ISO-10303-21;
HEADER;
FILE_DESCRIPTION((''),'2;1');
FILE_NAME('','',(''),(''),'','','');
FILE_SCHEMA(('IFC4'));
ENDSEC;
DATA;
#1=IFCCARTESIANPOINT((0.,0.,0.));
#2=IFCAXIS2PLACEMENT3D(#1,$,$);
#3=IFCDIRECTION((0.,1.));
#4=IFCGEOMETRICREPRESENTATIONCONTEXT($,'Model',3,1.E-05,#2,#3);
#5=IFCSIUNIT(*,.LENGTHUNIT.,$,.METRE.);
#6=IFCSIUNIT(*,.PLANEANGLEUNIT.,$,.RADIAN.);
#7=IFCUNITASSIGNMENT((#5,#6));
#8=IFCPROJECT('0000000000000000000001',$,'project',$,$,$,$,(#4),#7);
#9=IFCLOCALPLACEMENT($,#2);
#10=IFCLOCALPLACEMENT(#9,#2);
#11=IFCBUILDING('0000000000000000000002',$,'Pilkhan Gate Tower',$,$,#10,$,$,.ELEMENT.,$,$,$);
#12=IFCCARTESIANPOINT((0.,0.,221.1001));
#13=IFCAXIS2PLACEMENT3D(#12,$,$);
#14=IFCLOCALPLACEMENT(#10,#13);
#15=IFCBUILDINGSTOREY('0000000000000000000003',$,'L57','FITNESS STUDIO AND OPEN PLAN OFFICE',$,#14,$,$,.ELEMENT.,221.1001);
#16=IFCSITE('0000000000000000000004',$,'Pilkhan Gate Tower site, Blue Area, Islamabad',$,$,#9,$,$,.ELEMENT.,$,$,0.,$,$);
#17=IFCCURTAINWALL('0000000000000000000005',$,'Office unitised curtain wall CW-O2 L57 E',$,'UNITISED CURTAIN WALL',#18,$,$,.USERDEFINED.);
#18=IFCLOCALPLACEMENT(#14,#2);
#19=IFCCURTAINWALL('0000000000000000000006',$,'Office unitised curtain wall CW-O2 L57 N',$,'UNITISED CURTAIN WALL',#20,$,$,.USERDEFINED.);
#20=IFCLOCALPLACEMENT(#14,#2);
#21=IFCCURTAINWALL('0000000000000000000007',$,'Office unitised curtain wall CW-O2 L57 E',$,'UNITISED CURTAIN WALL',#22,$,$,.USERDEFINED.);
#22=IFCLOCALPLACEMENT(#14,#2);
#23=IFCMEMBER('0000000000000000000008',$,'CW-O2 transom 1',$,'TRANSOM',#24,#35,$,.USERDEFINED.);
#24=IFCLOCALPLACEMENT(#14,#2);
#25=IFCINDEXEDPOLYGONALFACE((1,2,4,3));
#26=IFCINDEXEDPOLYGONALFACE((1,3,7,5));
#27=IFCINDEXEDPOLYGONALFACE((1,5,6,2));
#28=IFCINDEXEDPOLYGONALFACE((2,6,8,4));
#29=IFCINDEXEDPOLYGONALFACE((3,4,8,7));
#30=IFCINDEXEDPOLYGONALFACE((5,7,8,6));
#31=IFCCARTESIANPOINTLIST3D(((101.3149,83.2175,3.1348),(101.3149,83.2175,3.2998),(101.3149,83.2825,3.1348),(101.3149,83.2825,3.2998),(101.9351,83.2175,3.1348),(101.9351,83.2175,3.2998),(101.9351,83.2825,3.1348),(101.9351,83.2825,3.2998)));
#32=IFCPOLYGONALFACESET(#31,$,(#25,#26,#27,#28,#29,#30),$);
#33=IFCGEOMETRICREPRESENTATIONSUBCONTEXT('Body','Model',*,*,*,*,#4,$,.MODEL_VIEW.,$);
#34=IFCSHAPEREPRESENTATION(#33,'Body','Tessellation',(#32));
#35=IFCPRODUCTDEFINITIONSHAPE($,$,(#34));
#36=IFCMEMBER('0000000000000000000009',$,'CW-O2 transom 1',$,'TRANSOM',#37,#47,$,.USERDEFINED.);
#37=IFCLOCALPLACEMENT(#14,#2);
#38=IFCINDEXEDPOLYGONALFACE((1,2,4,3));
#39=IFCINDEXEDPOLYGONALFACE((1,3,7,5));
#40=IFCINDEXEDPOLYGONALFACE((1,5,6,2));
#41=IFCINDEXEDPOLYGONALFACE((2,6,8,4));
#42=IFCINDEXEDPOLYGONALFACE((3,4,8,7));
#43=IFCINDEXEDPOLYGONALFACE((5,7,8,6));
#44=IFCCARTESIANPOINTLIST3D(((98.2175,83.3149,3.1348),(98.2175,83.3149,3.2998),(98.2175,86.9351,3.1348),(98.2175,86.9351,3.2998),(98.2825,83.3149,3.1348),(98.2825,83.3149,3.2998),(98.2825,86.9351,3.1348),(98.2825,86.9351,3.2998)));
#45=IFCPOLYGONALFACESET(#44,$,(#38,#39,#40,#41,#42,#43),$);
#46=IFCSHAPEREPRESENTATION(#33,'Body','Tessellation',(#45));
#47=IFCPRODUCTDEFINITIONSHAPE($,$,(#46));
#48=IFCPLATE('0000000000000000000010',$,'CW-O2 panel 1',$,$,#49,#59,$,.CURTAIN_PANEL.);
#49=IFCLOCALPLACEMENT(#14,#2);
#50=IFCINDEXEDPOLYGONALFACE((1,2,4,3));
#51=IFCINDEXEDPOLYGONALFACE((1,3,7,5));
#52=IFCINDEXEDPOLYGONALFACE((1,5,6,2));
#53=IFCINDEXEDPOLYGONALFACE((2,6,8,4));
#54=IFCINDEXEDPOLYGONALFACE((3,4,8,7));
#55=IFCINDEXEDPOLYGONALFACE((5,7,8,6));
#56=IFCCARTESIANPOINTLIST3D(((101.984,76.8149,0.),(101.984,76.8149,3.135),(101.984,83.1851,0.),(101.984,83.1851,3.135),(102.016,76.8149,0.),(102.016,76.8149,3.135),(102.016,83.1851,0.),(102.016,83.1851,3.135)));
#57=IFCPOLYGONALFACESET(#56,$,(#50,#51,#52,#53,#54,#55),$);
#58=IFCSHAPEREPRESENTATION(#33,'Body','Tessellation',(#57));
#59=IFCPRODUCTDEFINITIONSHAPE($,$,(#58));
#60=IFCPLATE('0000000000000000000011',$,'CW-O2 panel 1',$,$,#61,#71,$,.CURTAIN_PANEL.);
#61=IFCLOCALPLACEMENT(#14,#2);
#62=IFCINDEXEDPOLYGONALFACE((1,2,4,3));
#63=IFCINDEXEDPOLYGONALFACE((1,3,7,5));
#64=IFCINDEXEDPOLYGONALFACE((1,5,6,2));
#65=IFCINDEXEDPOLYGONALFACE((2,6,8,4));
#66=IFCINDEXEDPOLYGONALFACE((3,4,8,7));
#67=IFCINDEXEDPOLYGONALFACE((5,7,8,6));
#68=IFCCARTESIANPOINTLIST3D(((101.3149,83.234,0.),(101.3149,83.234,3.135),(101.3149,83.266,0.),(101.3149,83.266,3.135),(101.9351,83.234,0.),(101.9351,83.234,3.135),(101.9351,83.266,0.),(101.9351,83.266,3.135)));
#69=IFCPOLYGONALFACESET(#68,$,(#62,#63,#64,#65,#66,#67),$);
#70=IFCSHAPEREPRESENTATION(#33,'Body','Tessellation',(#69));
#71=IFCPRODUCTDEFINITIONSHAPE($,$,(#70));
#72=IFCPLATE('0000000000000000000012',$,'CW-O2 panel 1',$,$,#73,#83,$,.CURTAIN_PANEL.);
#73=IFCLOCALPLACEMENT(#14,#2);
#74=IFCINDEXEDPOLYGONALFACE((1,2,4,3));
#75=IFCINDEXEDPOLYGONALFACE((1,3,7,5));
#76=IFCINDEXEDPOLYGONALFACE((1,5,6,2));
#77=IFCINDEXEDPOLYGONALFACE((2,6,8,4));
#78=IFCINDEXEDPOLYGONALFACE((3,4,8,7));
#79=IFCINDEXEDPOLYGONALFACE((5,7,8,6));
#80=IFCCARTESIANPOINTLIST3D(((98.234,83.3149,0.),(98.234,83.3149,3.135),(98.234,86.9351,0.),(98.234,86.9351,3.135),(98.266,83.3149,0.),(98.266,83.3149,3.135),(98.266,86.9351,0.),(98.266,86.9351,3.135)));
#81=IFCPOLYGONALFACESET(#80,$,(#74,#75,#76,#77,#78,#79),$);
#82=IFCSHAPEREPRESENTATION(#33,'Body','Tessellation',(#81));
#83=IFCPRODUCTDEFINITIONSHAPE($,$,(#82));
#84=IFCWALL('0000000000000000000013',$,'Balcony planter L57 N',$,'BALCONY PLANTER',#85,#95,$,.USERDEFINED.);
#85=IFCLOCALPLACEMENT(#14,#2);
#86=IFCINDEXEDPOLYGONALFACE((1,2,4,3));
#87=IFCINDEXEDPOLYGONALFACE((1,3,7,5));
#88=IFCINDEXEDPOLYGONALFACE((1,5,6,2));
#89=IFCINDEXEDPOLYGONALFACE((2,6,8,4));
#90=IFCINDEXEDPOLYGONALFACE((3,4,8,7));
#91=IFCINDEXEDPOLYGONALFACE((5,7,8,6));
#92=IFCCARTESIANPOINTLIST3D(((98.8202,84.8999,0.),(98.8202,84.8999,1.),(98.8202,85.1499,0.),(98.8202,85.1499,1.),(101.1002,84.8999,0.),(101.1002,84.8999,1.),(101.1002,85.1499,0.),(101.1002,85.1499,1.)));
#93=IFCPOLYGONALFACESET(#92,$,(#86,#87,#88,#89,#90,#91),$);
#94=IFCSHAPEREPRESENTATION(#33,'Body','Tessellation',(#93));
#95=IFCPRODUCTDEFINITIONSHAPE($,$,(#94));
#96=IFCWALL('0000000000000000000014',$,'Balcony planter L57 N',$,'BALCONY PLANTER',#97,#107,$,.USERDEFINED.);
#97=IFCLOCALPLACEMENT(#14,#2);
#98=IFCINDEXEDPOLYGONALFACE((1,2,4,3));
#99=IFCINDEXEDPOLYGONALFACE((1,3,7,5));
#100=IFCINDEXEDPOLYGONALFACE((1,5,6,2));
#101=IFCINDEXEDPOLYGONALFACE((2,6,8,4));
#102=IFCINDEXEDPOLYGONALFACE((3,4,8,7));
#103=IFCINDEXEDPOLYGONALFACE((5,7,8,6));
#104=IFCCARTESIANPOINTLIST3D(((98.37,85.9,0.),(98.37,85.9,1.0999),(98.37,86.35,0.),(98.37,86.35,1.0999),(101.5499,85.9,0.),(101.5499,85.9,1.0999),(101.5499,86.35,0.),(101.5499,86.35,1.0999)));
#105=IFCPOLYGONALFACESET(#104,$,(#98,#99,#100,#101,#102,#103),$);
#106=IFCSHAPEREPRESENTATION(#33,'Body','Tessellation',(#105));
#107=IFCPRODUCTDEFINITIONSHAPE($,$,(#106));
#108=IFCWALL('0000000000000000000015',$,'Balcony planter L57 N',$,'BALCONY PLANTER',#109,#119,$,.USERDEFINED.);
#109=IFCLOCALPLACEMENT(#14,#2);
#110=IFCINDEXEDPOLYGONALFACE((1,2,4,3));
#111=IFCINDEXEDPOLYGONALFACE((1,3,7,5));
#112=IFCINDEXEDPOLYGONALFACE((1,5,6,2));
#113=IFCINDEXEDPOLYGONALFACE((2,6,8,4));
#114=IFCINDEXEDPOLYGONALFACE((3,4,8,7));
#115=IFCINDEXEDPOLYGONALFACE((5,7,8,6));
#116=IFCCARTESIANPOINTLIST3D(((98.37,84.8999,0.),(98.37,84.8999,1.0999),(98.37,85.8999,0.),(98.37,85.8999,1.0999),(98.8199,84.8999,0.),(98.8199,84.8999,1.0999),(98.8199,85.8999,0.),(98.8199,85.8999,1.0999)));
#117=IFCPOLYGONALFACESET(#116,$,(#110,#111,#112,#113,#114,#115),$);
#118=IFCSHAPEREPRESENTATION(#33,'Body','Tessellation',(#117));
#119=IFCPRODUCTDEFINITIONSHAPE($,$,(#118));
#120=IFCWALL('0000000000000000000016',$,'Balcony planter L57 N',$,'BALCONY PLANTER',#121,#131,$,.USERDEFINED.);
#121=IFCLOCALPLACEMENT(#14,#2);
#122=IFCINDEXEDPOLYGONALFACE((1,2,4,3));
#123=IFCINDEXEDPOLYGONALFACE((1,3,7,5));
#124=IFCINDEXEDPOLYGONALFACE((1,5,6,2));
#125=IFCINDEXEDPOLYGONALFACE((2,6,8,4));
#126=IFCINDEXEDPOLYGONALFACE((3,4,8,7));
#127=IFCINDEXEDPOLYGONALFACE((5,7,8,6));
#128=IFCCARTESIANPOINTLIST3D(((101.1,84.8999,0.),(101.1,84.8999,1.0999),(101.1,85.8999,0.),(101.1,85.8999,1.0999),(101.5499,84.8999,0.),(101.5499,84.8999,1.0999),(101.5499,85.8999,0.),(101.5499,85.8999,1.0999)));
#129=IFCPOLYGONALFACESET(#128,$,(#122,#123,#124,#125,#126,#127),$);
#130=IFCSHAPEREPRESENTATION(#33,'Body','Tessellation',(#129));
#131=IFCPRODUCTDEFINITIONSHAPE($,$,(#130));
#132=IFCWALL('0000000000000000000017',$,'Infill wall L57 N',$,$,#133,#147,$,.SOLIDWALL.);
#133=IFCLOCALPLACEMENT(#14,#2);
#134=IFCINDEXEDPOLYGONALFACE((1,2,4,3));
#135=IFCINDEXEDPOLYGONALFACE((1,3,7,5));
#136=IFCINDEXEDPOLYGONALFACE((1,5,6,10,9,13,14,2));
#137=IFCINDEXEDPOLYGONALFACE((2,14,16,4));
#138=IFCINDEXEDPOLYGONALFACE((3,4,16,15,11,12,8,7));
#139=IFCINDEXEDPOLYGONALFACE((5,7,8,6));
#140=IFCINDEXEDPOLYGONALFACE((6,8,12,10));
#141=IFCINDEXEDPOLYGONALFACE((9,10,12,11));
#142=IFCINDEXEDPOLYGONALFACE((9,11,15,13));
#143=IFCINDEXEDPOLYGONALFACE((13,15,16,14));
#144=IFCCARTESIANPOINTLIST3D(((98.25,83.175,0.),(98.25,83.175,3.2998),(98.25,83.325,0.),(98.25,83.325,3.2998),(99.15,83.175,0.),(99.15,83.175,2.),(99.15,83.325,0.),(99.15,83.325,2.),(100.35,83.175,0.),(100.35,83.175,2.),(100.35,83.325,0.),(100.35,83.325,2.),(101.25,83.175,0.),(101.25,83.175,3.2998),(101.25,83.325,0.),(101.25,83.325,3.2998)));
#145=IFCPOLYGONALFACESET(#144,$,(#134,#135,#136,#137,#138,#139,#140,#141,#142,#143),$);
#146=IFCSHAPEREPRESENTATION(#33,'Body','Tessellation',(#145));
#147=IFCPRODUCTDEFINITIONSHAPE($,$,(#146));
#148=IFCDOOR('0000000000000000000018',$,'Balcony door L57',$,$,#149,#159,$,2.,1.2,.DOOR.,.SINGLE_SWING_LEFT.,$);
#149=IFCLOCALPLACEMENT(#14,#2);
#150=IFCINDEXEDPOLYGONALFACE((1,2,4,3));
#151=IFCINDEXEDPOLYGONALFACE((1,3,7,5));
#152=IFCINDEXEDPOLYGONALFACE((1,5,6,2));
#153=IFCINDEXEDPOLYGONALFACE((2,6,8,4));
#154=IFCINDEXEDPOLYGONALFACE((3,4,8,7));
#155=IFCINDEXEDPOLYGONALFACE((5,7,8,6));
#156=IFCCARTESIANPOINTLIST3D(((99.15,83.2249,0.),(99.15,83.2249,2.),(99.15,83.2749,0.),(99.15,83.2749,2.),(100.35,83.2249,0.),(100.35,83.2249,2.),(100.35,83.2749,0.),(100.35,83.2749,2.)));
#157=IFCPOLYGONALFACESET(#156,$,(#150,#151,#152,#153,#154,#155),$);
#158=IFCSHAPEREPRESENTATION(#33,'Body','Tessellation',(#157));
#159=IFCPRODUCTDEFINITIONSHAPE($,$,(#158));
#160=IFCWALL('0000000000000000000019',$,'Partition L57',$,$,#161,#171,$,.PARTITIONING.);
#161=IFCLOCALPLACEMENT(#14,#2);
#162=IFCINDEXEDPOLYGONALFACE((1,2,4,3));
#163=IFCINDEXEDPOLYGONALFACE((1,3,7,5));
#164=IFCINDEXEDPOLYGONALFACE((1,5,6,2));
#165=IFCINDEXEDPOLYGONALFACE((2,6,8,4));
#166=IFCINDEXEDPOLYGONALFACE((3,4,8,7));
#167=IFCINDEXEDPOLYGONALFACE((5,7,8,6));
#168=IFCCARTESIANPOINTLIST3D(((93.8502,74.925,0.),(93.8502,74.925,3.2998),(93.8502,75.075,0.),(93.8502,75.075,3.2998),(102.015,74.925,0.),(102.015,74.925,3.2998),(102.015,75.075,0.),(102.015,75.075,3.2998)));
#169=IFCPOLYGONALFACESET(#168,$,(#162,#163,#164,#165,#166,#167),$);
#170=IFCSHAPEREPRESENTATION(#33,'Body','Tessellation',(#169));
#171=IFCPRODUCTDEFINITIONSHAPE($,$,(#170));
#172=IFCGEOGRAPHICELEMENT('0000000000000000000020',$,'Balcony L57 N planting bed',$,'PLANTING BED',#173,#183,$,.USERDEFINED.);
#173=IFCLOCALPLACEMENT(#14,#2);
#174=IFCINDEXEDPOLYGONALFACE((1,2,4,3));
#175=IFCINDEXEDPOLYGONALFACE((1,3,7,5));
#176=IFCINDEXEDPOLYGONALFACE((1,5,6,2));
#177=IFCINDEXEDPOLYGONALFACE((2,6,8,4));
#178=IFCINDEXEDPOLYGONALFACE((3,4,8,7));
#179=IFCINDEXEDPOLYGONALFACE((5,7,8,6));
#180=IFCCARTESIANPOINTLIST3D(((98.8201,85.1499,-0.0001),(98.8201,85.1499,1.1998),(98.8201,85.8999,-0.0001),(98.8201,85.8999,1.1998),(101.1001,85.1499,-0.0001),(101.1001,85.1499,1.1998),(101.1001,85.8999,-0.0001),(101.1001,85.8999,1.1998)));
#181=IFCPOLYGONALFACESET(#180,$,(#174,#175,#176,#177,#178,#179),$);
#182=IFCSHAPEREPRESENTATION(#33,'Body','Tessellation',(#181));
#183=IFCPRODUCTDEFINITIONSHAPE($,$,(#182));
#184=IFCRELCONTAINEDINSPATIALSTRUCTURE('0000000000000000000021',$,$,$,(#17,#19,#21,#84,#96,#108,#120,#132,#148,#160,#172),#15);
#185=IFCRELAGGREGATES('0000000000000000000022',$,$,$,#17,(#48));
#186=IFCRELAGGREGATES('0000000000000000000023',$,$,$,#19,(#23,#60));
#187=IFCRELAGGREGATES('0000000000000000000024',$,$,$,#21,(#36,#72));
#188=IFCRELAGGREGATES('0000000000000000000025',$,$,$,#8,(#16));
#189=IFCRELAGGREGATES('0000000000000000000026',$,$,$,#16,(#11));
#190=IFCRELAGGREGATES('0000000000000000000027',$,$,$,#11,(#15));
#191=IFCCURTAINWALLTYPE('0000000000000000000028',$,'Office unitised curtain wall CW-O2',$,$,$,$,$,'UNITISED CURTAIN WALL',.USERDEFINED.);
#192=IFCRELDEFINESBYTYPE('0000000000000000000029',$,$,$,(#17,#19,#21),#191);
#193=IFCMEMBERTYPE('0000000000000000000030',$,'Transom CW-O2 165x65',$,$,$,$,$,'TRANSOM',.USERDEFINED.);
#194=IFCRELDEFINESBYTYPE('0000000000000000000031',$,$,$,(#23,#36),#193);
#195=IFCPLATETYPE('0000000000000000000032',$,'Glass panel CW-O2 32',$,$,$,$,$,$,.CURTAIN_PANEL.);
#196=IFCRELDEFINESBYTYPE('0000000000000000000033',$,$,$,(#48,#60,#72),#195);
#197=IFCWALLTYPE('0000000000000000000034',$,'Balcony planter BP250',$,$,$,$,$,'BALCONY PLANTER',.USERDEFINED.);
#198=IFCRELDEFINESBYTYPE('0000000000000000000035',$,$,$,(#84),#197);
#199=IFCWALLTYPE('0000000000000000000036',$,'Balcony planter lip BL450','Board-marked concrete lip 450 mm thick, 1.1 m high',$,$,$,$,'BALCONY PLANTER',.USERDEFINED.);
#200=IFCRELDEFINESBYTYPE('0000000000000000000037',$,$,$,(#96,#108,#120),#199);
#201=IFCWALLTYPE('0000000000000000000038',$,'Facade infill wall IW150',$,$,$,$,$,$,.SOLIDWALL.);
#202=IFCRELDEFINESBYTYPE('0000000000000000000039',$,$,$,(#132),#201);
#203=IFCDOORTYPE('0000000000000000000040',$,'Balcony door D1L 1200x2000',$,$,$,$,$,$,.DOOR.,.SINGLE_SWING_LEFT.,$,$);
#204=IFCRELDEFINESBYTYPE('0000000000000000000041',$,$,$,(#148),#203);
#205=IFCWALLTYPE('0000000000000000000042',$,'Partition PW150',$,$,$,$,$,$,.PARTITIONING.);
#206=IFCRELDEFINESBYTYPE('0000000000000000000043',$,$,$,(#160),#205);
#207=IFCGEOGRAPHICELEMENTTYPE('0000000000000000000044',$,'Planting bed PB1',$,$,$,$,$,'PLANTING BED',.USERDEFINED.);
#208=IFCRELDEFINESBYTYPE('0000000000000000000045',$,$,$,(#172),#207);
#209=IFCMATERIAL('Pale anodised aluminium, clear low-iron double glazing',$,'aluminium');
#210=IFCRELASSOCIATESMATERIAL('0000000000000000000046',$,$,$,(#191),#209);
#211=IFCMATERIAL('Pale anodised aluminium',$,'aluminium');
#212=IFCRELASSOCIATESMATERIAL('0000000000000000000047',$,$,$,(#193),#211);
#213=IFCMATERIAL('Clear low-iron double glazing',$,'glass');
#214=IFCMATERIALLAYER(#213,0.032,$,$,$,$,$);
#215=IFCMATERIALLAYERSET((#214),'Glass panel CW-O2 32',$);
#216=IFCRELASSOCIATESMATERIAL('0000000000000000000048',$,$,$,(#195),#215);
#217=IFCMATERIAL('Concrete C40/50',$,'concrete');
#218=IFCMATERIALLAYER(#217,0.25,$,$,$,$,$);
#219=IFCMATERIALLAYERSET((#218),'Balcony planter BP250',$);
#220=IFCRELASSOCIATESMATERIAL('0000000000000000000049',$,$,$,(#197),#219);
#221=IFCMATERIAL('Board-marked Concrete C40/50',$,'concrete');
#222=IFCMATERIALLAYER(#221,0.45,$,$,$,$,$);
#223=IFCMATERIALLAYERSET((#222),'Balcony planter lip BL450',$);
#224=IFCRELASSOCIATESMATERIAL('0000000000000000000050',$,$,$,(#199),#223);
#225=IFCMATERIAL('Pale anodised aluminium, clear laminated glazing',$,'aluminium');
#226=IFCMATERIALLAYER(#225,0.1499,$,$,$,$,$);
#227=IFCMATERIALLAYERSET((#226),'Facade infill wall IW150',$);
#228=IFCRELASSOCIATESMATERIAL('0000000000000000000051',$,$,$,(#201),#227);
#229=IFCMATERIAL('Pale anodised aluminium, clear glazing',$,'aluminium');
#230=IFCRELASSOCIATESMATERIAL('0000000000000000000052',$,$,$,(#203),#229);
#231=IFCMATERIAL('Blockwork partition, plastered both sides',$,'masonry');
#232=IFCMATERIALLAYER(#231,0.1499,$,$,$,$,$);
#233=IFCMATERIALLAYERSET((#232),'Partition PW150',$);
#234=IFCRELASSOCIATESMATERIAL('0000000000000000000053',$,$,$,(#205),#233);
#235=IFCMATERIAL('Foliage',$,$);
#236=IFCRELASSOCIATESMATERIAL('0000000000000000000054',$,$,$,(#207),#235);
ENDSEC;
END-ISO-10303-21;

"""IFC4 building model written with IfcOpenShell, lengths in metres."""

from ifc_helpers import new_model, si_unit, direction, frame, frame_2d, origin, origin_2d, place, context, subcontext, project, spatial, rectangle, extrude, material, layer, layer_set, material_profile, profile_set, type_object, element, fill, aggregate, save


model = new_model("IFC4")

# Units and contexts
model_context = context("Model", 3, precision=1e-05, world=origin(), true_north=direction((0.0, 1.0)))
body_context = subcontext(model_context, "Body", "Model", "MODEL_VIEW")
ifc_project = project(units=[si_unit("LENGTHUNIT", "METRE"), si_unit("PLANEANGLEUNIT", "RADIAN")], contexts=[model_context])

# Site, building, storey
site_placement = place(None, origin())
site = spatial("IfcSite", under=ifc_project, at=site_placement, Name="Pilkhan Gate Tower site, Blue Area, Islamabad", CompositionType="ELEMENT", RefElevation=0.0)
building_placement = place(site_placement, origin())
building = spatial("IfcBuilding", under=site, at=building_placement, Name="Pilkhan Gate Tower", CompositionType="ELEMENT")
storey_placement = place(building_placement, frame((0.0, 0.0, 221.1001)))
storey = spatial("IfcBuildingStorey", under=building, at=storey_placement, Name="L57", Description="FITNESS STUDIO AND OPEN PLAN OFFICE", CompositionType="ELEMENT", Elevation=221.1001)

# Shared definitions
ifc_material_1 = material(Name="Pale anodised aluminium, clear low-iron double glazing", Category="aluminium")
curtain_wall_type = type_object("IfcCurtainWallType", Name="Office unitised curtain wall CW-O2", ElementType="UNITISED CURTAIN WALL", PredefinedType="USERDEFINED", material=ifc_material_1)
ifc_material_2 = material(Name="Pale anodised aluminium", Category="aluminium")

# Curtain walls
curtain_wall_1_placement = place(storey_placement, origin())
curtain_wall_1 = element("IfcCurtainWall", 1, at=curtain_wall_1_placement, inside=storey, type_object=curtain_wall_type, Name="Office unitised curtain wall CW-O2 L57 E", ObjectType="UNITISED CURTAIN WALL", PredefinedType="USERDEFINED")
curtain_wall_2_placement = place(storey_placement, origin())
curtain_wall_2 = element("IfcCurtainWall", 2, at=curtain_wall_2_placement, inside=storey, type_object=curtain_wall_type, Name="Office unitised curtain wall CW-O2 L57 N", ObjectType="UNITISED CURTAIN WALL", PredefinedType="USERDEFINED")

# Curtain wall
curtain_wall_3_placement = place(storey_placement, origin())
curtain_wall_3 = element("IfcCurtainWall", 3, at=curtain_wall_3_placement, inside=storey, type_object=curtain_wall_type, Name="Office unitised curtain wall CW-O2 L57 E", ObjectType="UNITISED CURTAIN WALL", PredefinedType="USERDEFINED")

# Members
ifc_material_profile_1 = material_profile(ifc_material_2, rectangle(XDim=0.0649, YDim=0.165, at=origin_2d()), Name="Transom 165x65")
ifc_profile_set_1 = profile_set([ifc_material_profile_1], Name="Pale anodised aluminium")
member_type_1 = type_object("IfcMemberType", Name="Transom CW-O2 165x65", ElementType="TRANSOM", PredefinedType="USERDEFINED", material=ifc_profile_set_1)
member_1_placement = place(storey_placement, frame((101.3149, 83.25, 3.2173), z_axis=(1.0, 0.0, 0.0), x_axis=(0.0, 1.0, 0.0)))
member_1 = element("IfcMember", 4, at=member_1_placement, type_object=member_type_1, Name="CW-O2 transom 1", ObjectType="TRANSOM", PredefinedType="USERDEFINED", context=body_context, shape_type="SweptSolid", body=[
    extrude(rectangle(XDim=0.0649, YDim=0.165, at=origin_2d()), origin(), (0.0, 0.0, 1.0), 0.6201),
])
member_2_placement = place(storey_placement, frame((98.25, 83.3149, 3.2173), z_axis=(0.0, 1.0, 0.0), x_axis=(-1.0, 0.0, 0.0)))
member_2 = element("IfcMember", 5, at=member_2_placement, type_object=member_type_1, Name="CW-O2 transom 1", ObjectType="TRANSOM", PredefinedType="USERDEFINED", context=body_context, shape_type="SweptSolid", body=[
    extrude(rectangle(XDim=0.0649, YDim=0.165, at=origin_2d()), origin(), (0.0, 0.0, 1.0), 3.6201),
])

# Plates
ifc_material_3 = material(Name="Clear low-iron double glazing", Category="glass")
ifc_layer_1 = layer(ifc_material_3, 0.032)
ifc_layer_set_1 = layer_set([ifc_layer_1], Name="Glass panel CW-O2 32")
plate_type = type_object("IfcPlateType", Name="Glass panel CW-O2 32", PredefinedType="CURTAIN_PANEL", material=ifc_layer_set_1)
plate_1_placement = place(storey_placement, frame((102.0, 80.0, 0.0), z_axis=(0.0, 0.0, 1.0), x_axis=(0.0, 1.0, 0.0)))
plate_1 = element("IfcPlate", 6, at=plate_1_placement, type_object=plate_type, Name="CW-O2 panel 1", PredefinedType="CURTAIN_PANEL", context=body_context, shape_type="SweptSolid", body=[
    extrude(rectangle(XDim=6.3701, YDim=0.032, at=origin_2d()), origin(), (0.0, 0.0, 1.0), 3.135),
])
aggregate(curtain_wall_1, [plate_1])
plate_2_placement = place(storey_placement, frame((101.625, 83.25, 0.0), z_axis=(0.0, 0.0, 1.0), x_axis=(1.0, 0.0, 0.0)))
plate_2 = element("IfcPlate", 7, at=plate_2_placement, type_object=plate_type, Name="CW-O2 panel 1", PredefinedType="CURTAIN_PANEL", context=body_context, shape_type="SweptSolid", body=[
    extrude(rectangle(XDim=0.6201, YDim=0.032, at=origin_2d()), origin(), (0.0, 0.0, 1.0), 3.135),
])
aggregate(curtain_wall_2, [member_1, plate_2])
plate_3_placement = place(storey_placement, frame((98.25, 85.125, 0.0), z_axis=(0.0, 0.0, 1.0), x_axis=(0.0, 1.0, 0.0)))
plate_3 = element("IfcPlate", 8, at=plate_3_placement, type_object=plate_type, Name="CW-O2 panel 1", PredefinedType="CURTAIN_PANEL", context=body_context, shape_type="SweptSolid", body=[
    extrude(rectangle(XDim=3.6201, YDim=0.032, at=origin_2d()), origin(), (0.0, 0.0, 1.0), 3.135),
])
aggregate(curtain_wall_3, [member_2, plate_3])

# Walls
ifc_material_4 = material(Name="Concrete C40/50", Category="concrete")
ifc_layer_2 = layer(ifc_material_4, 0.25)
ifc_layer_set_2 = layer_set([ifc_layer_2], Name="Balcony planter BP250")
wall_type_1 = type_object("IfcWallType", Name="Balcony planter BP250", ElementType="BALCONY PLANTER", PredefinedType="USERDEFINED", material=ifc_layer_set_2)
wall_1_placement = place(storey_placement, frame((98.8201, 85.0249, 0.0), z_axis=(0.0, 0.0, 1.0), x_axis=(1.0, 0.0, 0.0)))
element("IfcWall", 9, at=wall_1_placement, inside=storey, type_object=wall_type_1, Name="Balcony planter L57 N", ObjectType="BALCONY PLANTER", PredefinedType="USERDEFINED", context=body_context, shape_type="SweptSolid", body=[
    extrude(rectangle(XDim=2.28, YDim=0.25, at=frame_2d((1.1401, 0.0))), origin(), (0.0, 0.0, 1.0), 1.0),
])
ifc_material_5 = material(Name="Board-marked Concrete C40/50", Category="concrete")
ifc_layer_3 = layer(ifc_material_5, 0.45)
ifc_layer_set_3 = layer_set([ifc_layer_3], Name="Balcony planter lip BL450")
wall_type_2 = type_object("IfcWallType", Name="Balcony planter lip BL450", Description="Board-marked concrete lip 450 mm thick, 1.1 m high", ElementType="BALCONY PLANTER", PredefinedType="USERDEFINED", material=ifc_layer_set_3)
wall_2_placement = place(storey_placement, frame((98.3701, 86.125, 0.0), z_axis=(0.0, 0.0, 1.0), x_axis=(1.0, 0.0, 0.0)))
element("IfcWall", 10, at=wall_2_placement, inside=storey, type_object=wall_type_2, Name="Balcony planter L57 N", ObjectType="BALCONY PLANTER", PredefinedType="USERDEFINED", context=body_context, shape_type="SweptSolid", body=[
    extrude(rectangle(XDim=3.1799, YDim=0.45, at=frame_2d((1.5898, 0.0))), origin(), (0.0, 0.0, 1.0), 1.0999),
])
for number, where, z_axis, x_axis, name in (
    (11, (98.595, 84.8999, 0.0), (0.0, 0.0, 1.0), (0.0, 1.0, 0.0), "Balcony planter L57 N"),
    (12, (101.325, 84.8999, 0.0), (0.0, 0.0, 1.0), (0.0, 1.0, 0.0), "Balcony planter L57 N"),
):
    element("IfcWall", number, at=place(storey_placement, frame(where, z_axis=z_axis, x_axis=x_axis)), inside=storey, type_object=wall_type_2, Name=name, ObjectType="BALCONY PLANTER", PredefinedType="USERDEFINED", context=body_context, shape_type="SweptSolid", body=[
        extrude(rectangle(XDim=1.0, YDim=0.45, at=frame_2d((0.5, 0.0))), origin(), (0.0, 0.0, 1.0), 1.0999),
    ])

# Wall, opening, door
ifc_material_6 = material(Name="Pale anodised aluminium, clear laminated glazing", Category="aluminium")
ifc_layer_4 = layer(ifc_material_6, 0.1499)
ifc_layer_set_4 = layer_set([ifc_layer_4], Name="Facade infill wall IW150")
wall_type_3 = type_object("IfcWallType", Name="Facade infill wall IW150", PredefinedType="SOLIDWALL", material=ifc_layer_set_4)
wall_3_placement = place(storey_placement, frame((98.25, 83.25, 0.0), z_axis=(0.0, 0.0, 1.0), x_axis=(1.0, 0.0, 0.0)))
wall_3 = element("IfcWall", 13, at=wall_3_placement, inside=storey, type_object=wall_type_3, Name="Infill wall L57 N", PredefinedType="SOLIDWALL", context=body_context, shape_type="SweptSolid", body=[
    extrude(rectangle(XDim=3.0, YDim=0.1499, at=frame_2d((1.5, 0.0))), origin(), (0.0, 0.0, 1.0), 3.2998),
])
opening_placement = place(wall_3_placement, frame((0.8999, 0.0, 0.0)))
opening = element("IfcOpeningElement", 14, at=opening_placement, cuts=wall_3, PredefinedType="OPENING", context=body_context, shape_type="SweptSolid", body=[
    extrude(rectangle(XDim=1.2, YDim=2.0, at=frame_2d((0.6001, 1.0))), frame((0.0, 0.085, 0.0), z_axis=(0.0, -1.0, 0.0), x_axis=(1.0, 0.0, 0.0)), (0.0, 0.0, 1.0), 0.1699),
])
ifc_material_7 = material(Name="Pale anodised aluminium, clear glazing", Category="aluminium")
door_type = type_object("IfcDoorType", Name="Balcony door D1L 1200x2000", OperationType="SINGLE_SWING_LEFT", PredefinedType="DOOR", material=ifc_material_7)
door_placement = place(opening_placement, origin())
door = element("IfcDoor", 15, at=door_placement, inside=storey, type_object=door_type, Name="Balcony door L57", OperationType="SINGLE_SWING_LEFT", OverallHeight=2.0, OverallWidth=1.2, PredefinedType="DOOR", context=body_context, shape_type="SweptSolid", body=[
    extrude(rectangle(XDim=1.2, YDim=2.0, at=frame_2d((0.6001, 1.0))), frame((0.0, 0.0249, 0.0), z_axis=(0.0, -1.0, 0.0), x_axis=(1.0, 0.0, 0.0)), (0.0, 0.0, 1.0), 0.05),
])
fill(opening, door)

# Wall
ifc_material_8 = material(Name="Blockwork partition, plastered both sides", Category="masonry")
ifc_layer_5 = layer(ifc_material_8, 0.1499)
ifc_layer_set_5 = layer_set([ifc_layer_5], Name="Partition PW150")
wall_type_4 = type_object("IfcWallType", Name="Partition PW150", PredefinedType="PARTITIONING", material=ifc_layer_set_5)
wall_4_placement = place(storey_placement, frame((93.8501, 75.0, 0.0), z_axis=(0.0, 0.0, 1.0), x_axis=(1.0, 0.0, 0.0)))
element("IfcWall", 16, at=wall_4_placement, inside=storey, type_object=wall_type_4, Name="Partition L57", PredefinedType="PARTITIONING", context=body_context, shape_type="SweptSolid", body=[
    extrude(rectangle(XDim=8.1648, YDim=0.1499, at=frame_2d((4.0825, 0.0))), origin(), (0.0, 0.0, 1.0), 3.2998),
])

# Geographic element
ifc_material_9 = material(Name="Foliage")
ifc_material_profile_2 = material_profile(ifc_material_9, rectangle(XDim=0.75, YDim=1.2, at=origin_2d()), Name="Bed 750x1200")
ifc_profile_set_2 = profile_set([ifc_material_profile_2], Name="Foliage")
geographic_element_type_1 = type_object("IfcGeographicElementType", Name="Planting bed PB1", ElementType="PLANTING BED", PredefinedType="USERDEFINED", material=ifc_profile_set_2)
geographic_element_1_placement = place(storey_placement, frame((98.8201, 85.5249, 0.5999), z_axis=(1.0, 0.0, 0.0), x_axis=(0.0, 1.0, 0.0)))
element("IfcGeographicElement", 17, at=geographic_element_1_placement, inside=storey, type_object=geographic_element_type_1, Name="Balcony L57 N planting bed", ObjectType="PLANTING BED", PredefinedType="USERDEFINED", context=body_context, shape_type="SweptSolid", body=[
    extrude(rectangle(XDim=0.75, YDim=1.2, at=origin_2d()), origin(), (0.0, 0.0, 1.0), 2.28),
])

save(model, "model.ifc")
